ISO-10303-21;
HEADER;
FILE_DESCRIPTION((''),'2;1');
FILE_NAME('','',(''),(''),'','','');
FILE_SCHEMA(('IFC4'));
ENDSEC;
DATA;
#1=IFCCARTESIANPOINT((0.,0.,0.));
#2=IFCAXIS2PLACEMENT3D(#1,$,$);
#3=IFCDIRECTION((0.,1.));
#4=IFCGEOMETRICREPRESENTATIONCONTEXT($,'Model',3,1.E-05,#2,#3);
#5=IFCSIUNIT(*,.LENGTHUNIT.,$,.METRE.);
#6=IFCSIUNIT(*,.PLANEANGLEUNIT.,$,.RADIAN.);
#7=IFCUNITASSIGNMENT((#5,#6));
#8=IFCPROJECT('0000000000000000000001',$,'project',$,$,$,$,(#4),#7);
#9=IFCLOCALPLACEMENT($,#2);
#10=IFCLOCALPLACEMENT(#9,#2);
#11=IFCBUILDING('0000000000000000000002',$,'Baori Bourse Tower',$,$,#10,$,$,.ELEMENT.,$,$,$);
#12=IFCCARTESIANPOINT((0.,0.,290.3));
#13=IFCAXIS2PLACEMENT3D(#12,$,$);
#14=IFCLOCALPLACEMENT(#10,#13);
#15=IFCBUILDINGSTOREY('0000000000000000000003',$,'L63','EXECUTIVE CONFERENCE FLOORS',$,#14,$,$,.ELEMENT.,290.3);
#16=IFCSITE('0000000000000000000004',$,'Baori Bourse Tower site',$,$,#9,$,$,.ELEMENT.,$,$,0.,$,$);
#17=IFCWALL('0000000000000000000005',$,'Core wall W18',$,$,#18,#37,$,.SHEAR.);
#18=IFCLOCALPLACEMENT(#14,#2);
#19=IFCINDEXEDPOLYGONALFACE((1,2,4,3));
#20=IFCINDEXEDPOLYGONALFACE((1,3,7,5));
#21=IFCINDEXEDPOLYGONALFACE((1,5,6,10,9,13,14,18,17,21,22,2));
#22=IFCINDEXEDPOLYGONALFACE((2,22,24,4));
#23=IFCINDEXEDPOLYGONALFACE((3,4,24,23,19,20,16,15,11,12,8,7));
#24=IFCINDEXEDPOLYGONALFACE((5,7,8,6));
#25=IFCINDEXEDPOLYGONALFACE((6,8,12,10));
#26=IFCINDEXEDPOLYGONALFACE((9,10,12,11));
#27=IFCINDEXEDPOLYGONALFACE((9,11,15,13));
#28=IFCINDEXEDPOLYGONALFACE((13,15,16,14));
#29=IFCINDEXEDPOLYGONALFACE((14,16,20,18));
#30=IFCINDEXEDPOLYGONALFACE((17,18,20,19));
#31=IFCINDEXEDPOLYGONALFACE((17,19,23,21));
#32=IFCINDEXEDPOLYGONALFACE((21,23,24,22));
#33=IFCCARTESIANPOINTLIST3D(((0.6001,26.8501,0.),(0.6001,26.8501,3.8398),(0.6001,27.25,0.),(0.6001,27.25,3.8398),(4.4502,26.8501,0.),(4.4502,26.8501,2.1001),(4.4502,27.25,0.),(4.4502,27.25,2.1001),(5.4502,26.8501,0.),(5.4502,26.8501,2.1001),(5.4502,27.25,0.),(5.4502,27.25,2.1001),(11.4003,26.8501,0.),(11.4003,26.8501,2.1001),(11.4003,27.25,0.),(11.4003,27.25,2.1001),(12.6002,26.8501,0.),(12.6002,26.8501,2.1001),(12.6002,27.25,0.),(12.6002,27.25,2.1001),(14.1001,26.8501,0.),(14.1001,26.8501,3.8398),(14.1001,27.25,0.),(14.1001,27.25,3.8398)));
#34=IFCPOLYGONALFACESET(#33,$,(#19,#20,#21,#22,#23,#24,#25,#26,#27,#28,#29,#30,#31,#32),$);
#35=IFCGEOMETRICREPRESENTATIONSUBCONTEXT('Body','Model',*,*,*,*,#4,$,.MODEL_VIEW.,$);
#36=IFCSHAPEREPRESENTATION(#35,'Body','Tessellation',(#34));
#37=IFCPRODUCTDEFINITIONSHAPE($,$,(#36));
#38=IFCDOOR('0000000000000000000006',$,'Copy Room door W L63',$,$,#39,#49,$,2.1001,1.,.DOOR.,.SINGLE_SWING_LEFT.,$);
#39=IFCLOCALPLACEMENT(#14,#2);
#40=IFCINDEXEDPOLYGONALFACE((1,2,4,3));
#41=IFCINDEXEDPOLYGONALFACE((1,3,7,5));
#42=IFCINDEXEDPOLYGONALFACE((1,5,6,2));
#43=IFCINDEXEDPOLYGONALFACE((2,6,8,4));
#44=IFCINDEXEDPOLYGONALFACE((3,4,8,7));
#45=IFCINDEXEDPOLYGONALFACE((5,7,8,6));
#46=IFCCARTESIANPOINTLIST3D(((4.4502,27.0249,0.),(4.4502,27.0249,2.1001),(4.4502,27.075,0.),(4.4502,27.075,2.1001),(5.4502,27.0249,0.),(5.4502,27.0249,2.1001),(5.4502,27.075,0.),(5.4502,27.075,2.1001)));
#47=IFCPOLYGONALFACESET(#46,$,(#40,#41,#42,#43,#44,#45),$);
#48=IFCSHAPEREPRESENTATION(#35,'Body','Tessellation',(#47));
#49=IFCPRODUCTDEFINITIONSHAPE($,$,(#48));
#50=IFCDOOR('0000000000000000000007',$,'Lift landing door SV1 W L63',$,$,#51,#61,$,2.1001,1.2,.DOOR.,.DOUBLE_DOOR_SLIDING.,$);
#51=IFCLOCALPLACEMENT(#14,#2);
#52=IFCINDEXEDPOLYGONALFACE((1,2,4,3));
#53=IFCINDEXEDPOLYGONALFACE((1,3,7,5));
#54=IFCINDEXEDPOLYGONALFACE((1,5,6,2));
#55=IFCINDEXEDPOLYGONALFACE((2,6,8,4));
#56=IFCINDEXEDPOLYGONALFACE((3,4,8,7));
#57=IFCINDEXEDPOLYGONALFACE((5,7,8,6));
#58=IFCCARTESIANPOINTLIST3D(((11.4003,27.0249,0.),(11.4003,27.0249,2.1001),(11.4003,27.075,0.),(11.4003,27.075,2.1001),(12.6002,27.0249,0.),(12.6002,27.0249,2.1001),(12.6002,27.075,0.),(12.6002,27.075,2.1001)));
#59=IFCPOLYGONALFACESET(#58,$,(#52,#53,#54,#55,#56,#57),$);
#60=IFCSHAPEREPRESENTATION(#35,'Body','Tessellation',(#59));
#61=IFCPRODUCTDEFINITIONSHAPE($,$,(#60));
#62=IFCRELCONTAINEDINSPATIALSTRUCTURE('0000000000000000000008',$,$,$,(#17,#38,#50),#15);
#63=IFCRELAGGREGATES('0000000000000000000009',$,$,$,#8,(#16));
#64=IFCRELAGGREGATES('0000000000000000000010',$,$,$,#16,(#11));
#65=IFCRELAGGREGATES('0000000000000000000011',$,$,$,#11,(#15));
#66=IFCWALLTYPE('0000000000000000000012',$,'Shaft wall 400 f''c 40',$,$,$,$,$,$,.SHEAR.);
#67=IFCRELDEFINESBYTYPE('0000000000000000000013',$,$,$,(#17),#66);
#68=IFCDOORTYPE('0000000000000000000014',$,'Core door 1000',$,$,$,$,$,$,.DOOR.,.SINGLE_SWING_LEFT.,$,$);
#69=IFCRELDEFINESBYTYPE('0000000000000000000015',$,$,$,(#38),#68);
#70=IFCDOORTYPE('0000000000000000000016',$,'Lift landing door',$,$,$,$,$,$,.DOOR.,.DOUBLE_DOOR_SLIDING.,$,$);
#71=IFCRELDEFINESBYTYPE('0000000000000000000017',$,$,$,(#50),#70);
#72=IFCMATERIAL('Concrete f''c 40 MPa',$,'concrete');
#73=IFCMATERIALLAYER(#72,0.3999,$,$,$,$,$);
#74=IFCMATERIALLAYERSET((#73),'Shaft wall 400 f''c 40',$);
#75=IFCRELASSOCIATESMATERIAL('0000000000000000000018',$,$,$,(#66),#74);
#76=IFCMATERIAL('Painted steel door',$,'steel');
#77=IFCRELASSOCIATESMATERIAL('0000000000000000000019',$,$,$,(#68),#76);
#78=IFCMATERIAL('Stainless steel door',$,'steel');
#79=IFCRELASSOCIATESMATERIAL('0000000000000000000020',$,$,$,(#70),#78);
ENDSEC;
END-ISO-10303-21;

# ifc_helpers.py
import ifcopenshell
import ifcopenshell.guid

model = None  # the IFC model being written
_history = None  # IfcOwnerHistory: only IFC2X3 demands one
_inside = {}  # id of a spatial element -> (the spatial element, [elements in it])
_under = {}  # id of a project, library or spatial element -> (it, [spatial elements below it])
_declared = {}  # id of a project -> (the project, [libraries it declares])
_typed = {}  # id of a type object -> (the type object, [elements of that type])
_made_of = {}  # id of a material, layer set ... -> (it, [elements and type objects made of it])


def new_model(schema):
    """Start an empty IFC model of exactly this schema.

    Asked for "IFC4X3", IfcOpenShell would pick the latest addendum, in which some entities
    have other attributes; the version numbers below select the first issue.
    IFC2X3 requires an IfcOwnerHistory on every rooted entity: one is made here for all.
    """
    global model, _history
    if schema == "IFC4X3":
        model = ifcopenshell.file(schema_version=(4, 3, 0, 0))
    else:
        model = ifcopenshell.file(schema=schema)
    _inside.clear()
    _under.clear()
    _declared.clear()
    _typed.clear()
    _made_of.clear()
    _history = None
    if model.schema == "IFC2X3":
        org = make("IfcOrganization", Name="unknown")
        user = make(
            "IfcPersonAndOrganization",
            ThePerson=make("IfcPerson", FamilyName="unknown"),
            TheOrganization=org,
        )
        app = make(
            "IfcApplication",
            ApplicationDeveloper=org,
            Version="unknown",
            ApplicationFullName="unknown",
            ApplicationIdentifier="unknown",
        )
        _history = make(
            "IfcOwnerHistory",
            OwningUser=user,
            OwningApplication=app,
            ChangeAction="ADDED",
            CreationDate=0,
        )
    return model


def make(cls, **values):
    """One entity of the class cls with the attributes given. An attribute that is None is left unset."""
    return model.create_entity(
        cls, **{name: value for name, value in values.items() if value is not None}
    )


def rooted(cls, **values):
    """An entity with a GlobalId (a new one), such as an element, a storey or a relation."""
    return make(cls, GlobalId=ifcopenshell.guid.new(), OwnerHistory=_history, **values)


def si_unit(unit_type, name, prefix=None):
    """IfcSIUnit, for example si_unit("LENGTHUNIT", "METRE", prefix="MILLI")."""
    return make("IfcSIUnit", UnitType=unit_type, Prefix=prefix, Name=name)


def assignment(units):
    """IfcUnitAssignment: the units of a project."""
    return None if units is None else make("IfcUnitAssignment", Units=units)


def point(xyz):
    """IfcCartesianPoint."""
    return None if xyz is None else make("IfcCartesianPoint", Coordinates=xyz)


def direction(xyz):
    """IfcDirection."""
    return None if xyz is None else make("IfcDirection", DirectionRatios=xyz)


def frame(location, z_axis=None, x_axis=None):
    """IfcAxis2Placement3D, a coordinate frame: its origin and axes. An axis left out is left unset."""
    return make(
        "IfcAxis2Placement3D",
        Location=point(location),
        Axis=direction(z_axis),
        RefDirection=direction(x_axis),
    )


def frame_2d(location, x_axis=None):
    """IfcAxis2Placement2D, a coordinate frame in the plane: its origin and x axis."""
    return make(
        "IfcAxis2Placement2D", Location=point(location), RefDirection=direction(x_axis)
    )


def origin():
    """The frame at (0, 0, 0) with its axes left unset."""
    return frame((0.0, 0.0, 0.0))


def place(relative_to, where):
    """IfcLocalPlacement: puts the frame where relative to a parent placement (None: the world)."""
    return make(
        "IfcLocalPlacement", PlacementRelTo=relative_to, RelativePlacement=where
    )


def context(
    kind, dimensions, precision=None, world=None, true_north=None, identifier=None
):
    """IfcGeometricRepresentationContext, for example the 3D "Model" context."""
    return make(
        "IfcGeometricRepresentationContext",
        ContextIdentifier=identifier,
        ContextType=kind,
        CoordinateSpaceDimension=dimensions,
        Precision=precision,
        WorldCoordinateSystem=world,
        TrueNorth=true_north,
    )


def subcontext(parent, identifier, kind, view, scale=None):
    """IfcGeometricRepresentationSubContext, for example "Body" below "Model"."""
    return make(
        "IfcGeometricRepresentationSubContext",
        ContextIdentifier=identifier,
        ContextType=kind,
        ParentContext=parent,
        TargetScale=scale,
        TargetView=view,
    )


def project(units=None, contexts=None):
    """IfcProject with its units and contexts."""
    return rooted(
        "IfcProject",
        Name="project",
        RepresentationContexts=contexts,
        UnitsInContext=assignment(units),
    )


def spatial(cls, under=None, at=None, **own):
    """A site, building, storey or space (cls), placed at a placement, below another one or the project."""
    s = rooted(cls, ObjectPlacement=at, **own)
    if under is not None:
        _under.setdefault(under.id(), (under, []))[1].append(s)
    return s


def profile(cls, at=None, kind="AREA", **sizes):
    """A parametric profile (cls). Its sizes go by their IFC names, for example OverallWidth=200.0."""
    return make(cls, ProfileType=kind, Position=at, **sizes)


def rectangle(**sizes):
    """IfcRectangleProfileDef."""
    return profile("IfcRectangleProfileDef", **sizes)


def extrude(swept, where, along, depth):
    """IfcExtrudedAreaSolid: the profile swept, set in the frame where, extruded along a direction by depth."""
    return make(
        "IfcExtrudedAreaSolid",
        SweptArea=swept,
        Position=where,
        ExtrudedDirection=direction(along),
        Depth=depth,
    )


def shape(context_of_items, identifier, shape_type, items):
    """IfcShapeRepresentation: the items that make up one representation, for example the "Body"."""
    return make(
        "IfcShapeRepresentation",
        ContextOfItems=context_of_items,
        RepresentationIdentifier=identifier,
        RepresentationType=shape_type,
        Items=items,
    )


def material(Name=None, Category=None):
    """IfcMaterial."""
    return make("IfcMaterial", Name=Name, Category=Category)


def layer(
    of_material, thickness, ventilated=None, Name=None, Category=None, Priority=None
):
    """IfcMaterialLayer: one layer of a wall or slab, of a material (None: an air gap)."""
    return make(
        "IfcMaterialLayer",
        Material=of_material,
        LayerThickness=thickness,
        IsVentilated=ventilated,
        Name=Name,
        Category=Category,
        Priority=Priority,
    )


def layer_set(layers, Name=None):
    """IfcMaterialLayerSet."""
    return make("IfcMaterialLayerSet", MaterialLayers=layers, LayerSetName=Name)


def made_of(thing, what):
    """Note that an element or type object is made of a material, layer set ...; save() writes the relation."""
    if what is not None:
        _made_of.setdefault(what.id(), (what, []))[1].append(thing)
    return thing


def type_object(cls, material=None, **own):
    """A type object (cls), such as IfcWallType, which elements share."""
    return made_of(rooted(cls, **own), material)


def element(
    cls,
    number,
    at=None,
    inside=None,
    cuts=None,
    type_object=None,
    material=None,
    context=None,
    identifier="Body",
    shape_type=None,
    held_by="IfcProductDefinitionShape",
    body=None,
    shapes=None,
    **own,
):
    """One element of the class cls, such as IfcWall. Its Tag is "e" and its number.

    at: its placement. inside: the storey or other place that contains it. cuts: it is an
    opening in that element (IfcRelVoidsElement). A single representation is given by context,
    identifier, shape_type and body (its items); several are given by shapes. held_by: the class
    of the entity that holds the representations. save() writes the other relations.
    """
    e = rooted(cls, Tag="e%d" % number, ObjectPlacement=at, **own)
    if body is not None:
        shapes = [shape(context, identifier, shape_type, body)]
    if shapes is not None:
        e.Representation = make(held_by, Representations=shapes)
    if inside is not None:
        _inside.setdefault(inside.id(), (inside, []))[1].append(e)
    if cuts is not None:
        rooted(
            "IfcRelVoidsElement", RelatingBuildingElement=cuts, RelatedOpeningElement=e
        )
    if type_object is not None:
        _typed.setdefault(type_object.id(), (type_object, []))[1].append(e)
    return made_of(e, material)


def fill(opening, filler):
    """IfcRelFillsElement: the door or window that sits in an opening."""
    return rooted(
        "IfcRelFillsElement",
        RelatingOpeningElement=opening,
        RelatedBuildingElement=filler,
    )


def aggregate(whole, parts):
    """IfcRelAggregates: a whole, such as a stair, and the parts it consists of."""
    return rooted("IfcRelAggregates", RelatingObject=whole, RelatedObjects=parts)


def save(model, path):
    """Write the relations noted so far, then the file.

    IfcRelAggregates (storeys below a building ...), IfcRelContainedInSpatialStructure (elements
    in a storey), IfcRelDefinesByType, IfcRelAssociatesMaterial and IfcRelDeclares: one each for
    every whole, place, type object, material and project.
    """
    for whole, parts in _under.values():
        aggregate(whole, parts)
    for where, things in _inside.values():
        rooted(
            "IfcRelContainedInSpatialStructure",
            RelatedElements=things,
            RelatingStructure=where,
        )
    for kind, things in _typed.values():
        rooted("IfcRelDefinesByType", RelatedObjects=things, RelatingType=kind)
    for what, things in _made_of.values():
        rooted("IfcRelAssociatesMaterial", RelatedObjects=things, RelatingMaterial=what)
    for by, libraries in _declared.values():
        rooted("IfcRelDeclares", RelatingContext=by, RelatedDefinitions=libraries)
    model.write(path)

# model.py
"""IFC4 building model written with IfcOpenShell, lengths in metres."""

from ifc_helpers import new_model, si_unit, direction, frame, frame_2d, origin, place, context, subcontext, project, spatial, rectangle, extrude, material, layer, layer_set, type_object, element, fill, save


model = new_model("IFC4")

# Units and contexts
model_context = context("Model", 3, precision=1e-05, world=origin(), true_north=direction((0.0, 1.0)))
body_context = subcontext(model_context, "Body", "Model", "MODEL_VIEW")
ifc_project = project(units=[si_unit("LENGTHUNIT", "METRE"), si_unit("PLANEANGLEUNIT", "RADIAN")], contexts=[model_context])

# Site, building, storey
site_placement = place(None, origin())
site = spatial("IfcSite", under=ifc_project, at=site_placement, Name="Baori Bourse Tower site", CompositionType="ELEMENT", RefElevation=0.0)
building_placement = place(site_placement, origin())
building = spatial("IfcBuilding", under=site, at=building_placement, Name="Baori Bourse Tower", CompositionType="ELEMENT")
storey_placement = place(building_placement, frame((0.0, 0.0, 290.3)))
storey = spatial("IfcBuildingStorey", under=building, at=storey_placement, Name="L63", Description="EXECUTIVE CONFERENCE FLOORS", CompositionType="ELEMENT", Elevation=290.3)

# Wall, openings, doors
ifc_material_1 = material(Name="Concrete f'c 40 MPa", Category="concrete")
ifc_layer_1 = layer(ifc_material_1, 0.3999)
ifc_layer_set_1 = layer_set([ifc_layer_1], Name="Shaft wall 400 f'c 40")
wall_type_1 = type_object("IfcWallType", Name="Shaft wall 400 f'c 40", PredefinedType="SHEAR", material=ifc_layer_set_1)
wall_1_placement = place(storey_placement, frame((0.6001, 27.05, 0.0), z_axis=(0.0, 0.0, 1.0), x_axis=(1.0, 0.0, 0.0)))
wall_1 = element("IfcWall", 1, at=wall_1_placement, inside=storey, type_object=wall_type_1, Name="Core wall W18", PredefinedType="SHEAR", context=body_context, shape_type="SweptSolid", body=[
    extrude(rectangle(XDim=13.5, YDim=0.3999, at=frame_2d((6.75, 0.0))), origin(), (0.0, 0.0, 1.0), 3.8398),
])
opening_1_placement = place(wall_1_placement, frame((3.8501, 0.0, 0.0)))
opening_1 = element("IfcOpeningElement", 2, at=opening_1_placement, cuts=wall_1, PredefinedType="OPENING", context=body_context, shape_type="SweptSolid", body=[
    extrude(rectangle(XDim=1.0, YDim=2.1001, at=frame_2d((0.5, 1.05))), frame((0.0, 0.21, 0.0), z_axis=(0.0, -1.0, 0.0), x_axis=(1.0, 0.0, 0.0)), (0.0, 0.0, 1.0), 0.4199),
])
opening_2_placement = place(wall_1_placement, frame((10.8, 0.0, 0.0)))
opening_2 = element("IfcOpeningElement", 3, at=opening_2_placement, cuts=wall_1, PredefinedType="OPENING", context=body_context, shape_type="SweptSolid", body=[
    extrude(rectangle(XDim=1.2, YDim=2.1001, at=frame_2d((0.6001, 1.05))), frame((0.0, 0.21, 0.0), z_axis=(0.0, -1.0, 0.0), x_axis=(1.0, 0.0, 0.0)), (0.0, 0.0, 1.0), 0.4199),
])
ifc_material_2 = material(Name="Painted steel door", Category="steel")
door_type_1 = type_object("IfcDoorType", Name="Core door 1000", OperationType="SINGLE_SWING_LEFT", PredefinedType="DOOR", material=ifc_material_2)
door_1_placement = place(opening_1_placement, origin())
door_1 = element("IfcDoor", 4, at=door_1_placement, inside=storey, type_object=door_type_1, Name="Copy Room door W L63", OperationType="SINGLE_SWING_LEFT", OverallHeight=2.1001, OverallWidth=1.0, PredefinedType="DOOR", context=body_context, shape_type="SweptSolid", body=[
    extrude(rectangle(XDim=1.0, YDim=2.1001, at=frame_2d((0.5, 1.05))), frame((0.0, 0.0249, 0.0), z_axis=(0.0, -1.0, 0.0), x_axis=(1.0, 0.0, 0.0)), (0.0, 0.0, 1.0), 0.05),
])
fill(opening_1, door_1)
ifc_material_3 = material(Name="Stainless steel door", Category="steel")
door_type_2 = type_object("IfcDoorType", Name="Lift landing door", OperationType="DOUBLE_DOOR_SLIDING", PredefinedType="DOOR", material=ifc_material_3)
door_2_placement = place(opening_2_placement, origin())
door_2 = element("IfcDoor", 5, at=door_2_placement, inside=storey, type_object=door_type_2, Name="Lift landing door SV1 W L63", OperationType="DOUBLE_DOOR_SLIDING", OverallHeight=2.1001, OverallWidth=1.2, PredefinedType="DOOR", context=body_context, shape_type="SweptSolid", body=[
    extrude(rectangle(XDim=1.2, YDim=2.1001, at=frame_2d((0.6001, 1.05))), frame((0.0, 0.0249, 0.0), z_axis=(0.0, -1.0, 0.0), x_axis=(1.0, 0.0, 0.0)), (0.0, 0.0, 1.0), 0.05),
])
fill(opening_2, door_2)

save(model, "model.ifc")
